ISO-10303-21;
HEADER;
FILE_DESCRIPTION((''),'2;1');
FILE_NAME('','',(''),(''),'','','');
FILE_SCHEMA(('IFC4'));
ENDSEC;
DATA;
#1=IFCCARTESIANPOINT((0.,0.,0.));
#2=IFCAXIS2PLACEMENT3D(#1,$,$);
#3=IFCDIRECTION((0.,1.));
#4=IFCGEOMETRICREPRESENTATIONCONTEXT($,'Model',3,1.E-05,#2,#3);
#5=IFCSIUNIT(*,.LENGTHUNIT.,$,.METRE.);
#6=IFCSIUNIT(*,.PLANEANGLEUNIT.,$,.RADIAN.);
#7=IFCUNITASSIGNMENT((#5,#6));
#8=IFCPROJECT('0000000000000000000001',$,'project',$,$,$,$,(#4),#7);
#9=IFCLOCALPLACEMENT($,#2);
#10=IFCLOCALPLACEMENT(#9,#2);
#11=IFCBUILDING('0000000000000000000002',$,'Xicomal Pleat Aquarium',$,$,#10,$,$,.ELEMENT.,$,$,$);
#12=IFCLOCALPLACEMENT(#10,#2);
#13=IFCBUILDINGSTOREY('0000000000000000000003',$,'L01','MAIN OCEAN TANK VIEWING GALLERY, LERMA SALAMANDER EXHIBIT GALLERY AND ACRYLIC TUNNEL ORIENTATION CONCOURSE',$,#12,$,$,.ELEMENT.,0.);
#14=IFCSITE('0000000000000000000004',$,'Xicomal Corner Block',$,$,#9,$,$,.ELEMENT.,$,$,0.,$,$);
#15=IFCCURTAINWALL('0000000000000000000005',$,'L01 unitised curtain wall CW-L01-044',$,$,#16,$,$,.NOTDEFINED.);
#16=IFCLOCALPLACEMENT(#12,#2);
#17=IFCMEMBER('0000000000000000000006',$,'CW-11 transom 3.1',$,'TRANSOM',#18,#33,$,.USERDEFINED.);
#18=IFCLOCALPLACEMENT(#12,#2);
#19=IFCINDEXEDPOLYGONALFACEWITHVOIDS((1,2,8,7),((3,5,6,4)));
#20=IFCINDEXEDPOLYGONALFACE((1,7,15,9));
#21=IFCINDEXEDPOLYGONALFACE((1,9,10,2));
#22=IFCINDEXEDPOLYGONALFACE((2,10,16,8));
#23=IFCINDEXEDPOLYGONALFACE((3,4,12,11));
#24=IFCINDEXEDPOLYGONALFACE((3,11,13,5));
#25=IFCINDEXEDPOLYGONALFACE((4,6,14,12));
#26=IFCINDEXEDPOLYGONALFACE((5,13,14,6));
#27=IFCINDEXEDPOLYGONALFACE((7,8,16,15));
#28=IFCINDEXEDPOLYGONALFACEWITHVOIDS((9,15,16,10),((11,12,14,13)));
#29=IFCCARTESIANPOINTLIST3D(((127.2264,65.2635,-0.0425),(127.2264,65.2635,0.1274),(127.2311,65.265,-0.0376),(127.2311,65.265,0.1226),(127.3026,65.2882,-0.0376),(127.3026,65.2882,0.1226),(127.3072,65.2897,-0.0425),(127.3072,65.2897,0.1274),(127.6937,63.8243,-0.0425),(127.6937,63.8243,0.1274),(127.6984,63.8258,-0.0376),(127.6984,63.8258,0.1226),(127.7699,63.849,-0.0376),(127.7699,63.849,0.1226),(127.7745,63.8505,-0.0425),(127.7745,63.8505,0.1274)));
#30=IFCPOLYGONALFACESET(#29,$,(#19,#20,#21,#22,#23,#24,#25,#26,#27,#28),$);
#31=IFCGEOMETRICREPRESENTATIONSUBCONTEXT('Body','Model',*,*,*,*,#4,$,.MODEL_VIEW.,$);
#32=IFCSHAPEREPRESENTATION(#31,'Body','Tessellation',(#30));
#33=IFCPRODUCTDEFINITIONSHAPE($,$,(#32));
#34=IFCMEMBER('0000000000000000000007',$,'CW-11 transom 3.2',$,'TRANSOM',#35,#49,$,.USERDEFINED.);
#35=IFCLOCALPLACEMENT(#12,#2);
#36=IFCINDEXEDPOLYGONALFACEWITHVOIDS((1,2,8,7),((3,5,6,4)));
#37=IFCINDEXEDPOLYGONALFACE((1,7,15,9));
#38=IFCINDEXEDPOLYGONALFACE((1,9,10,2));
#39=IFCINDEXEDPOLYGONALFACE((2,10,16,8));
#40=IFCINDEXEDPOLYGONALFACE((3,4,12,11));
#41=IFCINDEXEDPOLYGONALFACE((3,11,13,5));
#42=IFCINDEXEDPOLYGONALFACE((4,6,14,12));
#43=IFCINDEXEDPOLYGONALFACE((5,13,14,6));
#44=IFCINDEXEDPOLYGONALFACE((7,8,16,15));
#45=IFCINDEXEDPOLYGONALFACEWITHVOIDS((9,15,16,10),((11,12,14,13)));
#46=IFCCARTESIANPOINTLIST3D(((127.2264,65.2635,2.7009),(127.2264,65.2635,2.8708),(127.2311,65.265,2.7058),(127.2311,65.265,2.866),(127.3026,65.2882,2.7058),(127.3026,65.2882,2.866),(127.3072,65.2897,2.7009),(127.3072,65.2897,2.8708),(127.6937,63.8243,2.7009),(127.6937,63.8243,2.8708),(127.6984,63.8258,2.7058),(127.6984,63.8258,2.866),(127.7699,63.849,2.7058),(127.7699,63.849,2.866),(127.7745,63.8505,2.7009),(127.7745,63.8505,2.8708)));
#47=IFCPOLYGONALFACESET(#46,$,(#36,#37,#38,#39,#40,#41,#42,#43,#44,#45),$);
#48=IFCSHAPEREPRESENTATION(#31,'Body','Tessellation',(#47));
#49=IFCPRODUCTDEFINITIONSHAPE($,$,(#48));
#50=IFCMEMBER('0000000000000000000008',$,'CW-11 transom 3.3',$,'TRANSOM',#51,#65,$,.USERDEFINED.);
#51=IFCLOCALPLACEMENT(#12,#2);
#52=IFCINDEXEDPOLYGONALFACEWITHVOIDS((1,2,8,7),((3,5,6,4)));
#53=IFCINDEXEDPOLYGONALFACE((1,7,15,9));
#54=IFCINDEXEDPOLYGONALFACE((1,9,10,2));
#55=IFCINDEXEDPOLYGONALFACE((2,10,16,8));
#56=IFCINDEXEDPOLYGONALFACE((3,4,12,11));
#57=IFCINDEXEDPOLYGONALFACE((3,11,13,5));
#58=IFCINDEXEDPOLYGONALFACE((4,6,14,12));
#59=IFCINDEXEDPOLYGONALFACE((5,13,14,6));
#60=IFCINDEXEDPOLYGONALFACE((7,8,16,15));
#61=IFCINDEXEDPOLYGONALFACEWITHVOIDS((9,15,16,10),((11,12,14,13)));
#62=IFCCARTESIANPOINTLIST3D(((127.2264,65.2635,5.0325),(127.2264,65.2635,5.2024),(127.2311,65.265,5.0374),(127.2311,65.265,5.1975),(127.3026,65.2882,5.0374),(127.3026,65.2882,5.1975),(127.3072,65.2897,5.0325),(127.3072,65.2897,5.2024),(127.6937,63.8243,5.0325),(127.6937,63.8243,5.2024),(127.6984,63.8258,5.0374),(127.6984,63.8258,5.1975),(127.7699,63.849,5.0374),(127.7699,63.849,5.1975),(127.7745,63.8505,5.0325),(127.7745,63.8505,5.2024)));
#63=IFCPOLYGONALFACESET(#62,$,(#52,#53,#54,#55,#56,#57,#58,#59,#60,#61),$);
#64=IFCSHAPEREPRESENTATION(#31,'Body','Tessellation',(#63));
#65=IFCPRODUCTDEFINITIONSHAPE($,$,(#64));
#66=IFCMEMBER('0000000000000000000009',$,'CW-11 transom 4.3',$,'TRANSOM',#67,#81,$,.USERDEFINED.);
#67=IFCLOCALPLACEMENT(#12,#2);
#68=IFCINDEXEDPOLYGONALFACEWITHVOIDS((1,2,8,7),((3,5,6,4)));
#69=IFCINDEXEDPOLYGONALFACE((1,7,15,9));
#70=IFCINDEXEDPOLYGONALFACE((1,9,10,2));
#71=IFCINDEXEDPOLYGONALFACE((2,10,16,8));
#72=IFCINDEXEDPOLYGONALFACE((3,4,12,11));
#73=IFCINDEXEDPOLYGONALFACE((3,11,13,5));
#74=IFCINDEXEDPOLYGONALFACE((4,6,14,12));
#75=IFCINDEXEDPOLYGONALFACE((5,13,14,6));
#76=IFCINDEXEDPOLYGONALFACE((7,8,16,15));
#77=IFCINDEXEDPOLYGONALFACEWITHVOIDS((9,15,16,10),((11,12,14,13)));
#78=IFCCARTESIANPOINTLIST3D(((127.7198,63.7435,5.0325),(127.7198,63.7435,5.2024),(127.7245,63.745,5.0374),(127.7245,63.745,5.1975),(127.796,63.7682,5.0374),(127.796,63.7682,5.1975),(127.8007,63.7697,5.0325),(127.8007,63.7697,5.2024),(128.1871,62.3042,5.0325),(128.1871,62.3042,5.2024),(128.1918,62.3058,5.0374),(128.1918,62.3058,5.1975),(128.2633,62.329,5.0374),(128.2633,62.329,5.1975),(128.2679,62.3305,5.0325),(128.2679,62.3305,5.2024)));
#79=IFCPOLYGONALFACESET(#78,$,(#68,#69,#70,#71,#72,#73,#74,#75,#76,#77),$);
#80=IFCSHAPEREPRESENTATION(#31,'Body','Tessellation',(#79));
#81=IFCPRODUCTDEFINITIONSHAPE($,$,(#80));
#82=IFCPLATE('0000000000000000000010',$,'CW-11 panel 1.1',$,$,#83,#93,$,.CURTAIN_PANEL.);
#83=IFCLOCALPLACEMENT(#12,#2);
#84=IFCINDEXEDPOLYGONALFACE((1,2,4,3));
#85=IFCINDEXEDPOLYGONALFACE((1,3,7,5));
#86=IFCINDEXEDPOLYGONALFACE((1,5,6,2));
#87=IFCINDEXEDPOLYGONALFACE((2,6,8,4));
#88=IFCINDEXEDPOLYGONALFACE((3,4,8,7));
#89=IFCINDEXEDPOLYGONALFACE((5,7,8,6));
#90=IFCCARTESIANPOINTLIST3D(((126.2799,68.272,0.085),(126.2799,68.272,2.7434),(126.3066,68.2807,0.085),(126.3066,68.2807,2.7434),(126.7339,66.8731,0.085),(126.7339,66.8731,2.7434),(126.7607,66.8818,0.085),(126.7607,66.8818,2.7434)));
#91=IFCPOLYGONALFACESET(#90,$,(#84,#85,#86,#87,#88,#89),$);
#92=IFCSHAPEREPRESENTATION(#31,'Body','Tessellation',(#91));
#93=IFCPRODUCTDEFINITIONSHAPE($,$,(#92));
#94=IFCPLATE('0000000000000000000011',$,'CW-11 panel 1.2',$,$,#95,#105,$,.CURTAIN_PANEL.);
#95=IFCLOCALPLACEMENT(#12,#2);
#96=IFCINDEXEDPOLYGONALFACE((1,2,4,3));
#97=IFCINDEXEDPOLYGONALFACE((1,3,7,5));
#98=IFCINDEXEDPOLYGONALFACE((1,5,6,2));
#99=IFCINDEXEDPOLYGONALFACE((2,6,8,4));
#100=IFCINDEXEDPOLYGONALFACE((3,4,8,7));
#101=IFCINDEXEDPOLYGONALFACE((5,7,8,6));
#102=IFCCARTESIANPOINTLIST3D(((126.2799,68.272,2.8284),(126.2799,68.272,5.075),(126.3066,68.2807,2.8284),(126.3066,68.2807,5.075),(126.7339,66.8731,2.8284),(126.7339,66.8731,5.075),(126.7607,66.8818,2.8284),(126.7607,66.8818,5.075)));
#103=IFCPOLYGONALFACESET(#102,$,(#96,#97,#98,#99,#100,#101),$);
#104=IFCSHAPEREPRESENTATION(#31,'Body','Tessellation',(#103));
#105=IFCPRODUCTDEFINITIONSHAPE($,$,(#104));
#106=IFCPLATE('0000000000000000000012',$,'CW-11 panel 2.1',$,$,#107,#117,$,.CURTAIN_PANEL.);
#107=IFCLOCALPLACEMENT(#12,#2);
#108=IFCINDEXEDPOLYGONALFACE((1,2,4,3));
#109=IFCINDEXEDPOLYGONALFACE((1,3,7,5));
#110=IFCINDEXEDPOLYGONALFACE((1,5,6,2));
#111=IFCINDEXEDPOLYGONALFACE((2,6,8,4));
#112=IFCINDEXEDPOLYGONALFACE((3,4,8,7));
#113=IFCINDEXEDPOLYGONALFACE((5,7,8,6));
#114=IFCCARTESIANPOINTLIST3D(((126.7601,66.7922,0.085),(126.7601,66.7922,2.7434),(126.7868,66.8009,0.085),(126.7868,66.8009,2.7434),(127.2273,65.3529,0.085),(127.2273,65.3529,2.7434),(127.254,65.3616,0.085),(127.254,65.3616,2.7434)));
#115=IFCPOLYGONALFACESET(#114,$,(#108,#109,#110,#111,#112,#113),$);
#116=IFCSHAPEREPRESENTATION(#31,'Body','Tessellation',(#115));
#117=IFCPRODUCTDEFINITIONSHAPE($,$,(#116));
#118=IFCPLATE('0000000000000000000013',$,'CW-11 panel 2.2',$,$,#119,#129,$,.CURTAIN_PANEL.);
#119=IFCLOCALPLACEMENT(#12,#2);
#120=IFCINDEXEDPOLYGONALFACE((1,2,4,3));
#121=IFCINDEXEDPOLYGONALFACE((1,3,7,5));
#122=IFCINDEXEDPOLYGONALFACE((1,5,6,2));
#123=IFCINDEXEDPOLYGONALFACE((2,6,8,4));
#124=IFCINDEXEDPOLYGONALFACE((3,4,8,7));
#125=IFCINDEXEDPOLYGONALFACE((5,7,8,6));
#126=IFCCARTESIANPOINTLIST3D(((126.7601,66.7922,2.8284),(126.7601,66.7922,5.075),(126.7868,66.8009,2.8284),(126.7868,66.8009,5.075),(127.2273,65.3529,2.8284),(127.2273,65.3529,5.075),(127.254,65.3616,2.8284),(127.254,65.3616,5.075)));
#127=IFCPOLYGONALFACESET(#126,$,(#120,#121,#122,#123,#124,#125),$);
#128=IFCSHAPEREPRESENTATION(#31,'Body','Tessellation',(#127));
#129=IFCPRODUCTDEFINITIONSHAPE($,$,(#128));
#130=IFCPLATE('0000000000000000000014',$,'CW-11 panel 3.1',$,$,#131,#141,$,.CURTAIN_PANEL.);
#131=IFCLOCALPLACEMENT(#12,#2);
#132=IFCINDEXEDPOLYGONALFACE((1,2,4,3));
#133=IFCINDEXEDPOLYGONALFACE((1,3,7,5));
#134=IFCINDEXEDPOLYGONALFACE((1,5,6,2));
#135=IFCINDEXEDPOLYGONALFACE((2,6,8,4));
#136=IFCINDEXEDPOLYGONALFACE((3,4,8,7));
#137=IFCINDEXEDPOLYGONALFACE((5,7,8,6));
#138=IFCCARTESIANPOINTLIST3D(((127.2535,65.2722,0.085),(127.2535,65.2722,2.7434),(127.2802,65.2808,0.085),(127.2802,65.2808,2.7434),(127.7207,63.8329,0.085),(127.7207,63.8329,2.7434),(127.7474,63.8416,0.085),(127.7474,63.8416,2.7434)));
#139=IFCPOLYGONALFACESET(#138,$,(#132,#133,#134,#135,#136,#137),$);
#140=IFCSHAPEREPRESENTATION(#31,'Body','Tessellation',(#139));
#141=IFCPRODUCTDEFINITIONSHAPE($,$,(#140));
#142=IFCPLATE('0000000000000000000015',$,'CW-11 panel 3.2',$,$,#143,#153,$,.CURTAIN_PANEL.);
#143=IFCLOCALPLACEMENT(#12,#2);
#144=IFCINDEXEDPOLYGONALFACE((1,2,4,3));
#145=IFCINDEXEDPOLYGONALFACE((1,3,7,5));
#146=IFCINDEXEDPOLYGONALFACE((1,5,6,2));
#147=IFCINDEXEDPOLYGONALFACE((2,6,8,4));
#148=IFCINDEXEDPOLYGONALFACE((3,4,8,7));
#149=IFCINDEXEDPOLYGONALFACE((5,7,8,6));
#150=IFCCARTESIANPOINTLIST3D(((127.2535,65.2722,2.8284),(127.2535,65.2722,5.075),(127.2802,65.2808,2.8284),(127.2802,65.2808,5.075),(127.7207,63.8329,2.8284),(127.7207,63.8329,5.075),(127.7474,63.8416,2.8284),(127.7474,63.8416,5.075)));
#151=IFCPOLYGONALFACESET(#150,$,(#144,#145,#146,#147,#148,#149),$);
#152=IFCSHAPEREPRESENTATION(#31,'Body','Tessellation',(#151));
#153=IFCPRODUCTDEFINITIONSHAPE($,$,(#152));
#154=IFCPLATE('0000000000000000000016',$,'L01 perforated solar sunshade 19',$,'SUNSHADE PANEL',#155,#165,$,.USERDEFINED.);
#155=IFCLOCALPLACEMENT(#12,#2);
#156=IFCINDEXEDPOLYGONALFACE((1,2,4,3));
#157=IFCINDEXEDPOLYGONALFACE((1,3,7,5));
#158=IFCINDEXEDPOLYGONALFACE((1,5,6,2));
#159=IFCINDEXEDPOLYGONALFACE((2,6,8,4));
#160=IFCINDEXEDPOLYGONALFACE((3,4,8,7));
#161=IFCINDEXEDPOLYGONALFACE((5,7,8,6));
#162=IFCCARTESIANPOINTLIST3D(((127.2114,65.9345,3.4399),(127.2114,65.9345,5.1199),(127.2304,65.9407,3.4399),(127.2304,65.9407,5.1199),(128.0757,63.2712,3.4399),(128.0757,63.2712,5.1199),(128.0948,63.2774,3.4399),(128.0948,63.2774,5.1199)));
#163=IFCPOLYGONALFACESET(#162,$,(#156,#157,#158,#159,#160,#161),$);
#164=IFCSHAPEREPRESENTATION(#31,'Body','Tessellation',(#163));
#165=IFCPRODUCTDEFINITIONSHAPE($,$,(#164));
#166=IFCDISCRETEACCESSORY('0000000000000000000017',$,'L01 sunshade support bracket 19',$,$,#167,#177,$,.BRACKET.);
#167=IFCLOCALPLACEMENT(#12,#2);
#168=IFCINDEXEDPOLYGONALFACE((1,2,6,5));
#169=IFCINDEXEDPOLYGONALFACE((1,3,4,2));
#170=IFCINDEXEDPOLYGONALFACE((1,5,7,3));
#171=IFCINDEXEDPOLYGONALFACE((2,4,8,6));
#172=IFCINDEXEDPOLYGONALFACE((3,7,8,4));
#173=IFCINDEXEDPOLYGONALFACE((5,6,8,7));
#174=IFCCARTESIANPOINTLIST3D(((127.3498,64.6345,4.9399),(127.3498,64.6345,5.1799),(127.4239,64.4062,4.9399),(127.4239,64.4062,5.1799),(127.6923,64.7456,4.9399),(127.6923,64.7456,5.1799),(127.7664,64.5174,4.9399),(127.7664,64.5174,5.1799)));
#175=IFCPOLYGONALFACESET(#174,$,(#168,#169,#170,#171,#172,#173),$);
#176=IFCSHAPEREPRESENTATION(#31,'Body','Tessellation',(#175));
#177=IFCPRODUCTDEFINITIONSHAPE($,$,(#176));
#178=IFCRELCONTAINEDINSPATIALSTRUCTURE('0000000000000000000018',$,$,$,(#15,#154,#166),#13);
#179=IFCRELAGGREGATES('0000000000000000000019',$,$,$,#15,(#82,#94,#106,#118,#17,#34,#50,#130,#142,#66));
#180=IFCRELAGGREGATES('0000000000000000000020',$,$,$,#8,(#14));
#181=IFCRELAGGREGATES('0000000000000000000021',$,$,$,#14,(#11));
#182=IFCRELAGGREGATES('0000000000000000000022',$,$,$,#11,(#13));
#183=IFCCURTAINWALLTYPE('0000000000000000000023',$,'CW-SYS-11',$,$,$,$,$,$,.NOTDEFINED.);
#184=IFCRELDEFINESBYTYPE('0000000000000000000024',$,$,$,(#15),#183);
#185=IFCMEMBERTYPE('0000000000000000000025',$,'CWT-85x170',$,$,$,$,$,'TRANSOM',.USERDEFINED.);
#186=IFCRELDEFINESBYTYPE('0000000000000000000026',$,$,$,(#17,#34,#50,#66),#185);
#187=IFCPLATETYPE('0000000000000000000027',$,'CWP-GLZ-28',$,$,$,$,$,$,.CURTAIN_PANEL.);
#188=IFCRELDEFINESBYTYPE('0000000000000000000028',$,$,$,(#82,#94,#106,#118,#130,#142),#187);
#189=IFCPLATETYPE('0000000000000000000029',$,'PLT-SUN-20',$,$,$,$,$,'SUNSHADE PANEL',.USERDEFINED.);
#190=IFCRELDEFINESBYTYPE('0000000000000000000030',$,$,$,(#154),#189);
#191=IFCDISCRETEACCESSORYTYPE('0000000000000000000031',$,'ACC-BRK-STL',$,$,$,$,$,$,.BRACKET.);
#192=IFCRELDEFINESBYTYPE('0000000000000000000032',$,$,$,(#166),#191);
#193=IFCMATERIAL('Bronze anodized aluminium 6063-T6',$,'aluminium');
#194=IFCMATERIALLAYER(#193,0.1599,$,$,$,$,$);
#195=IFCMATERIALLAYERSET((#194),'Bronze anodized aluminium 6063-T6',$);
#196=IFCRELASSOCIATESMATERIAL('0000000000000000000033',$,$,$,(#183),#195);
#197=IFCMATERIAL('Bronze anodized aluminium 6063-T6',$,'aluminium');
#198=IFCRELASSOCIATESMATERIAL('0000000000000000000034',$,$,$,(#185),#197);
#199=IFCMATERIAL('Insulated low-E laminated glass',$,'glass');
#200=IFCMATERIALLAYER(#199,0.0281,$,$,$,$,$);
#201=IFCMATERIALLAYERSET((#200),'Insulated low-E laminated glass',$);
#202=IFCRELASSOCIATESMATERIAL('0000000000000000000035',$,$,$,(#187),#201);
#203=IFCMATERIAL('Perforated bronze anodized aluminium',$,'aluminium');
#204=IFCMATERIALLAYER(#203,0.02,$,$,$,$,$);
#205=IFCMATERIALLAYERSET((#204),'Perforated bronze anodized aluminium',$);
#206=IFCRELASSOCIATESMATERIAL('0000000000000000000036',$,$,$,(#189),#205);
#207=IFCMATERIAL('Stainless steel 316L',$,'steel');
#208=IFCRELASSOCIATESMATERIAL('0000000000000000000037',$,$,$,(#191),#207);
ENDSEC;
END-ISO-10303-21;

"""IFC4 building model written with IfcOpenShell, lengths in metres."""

from ifc_helpers import new_model, si_unit, direction, frame, origin, origin_2d, place, context, subcontext, project, spatial, rectangle, hollow_rectangle, extrude, material, layer, layer_set, material_profile, profile_set, type_object, element, aggregate, save


model = new_model("IFC4")

# Units and contexts
model_context = context("Model", 3, precision=1e-05, world=origin(), true_north=direction((0.0, 1.0)))
body_context = subcontext(model_context, "Body", "Model", "MODEL_VIEW")
ifc_project = project(units=[si_unit("LENGTHUNIT", "METRE"), si_unit("PLANEANGLEUNIT", "RADIAN")], contexts=[model_context])

# Site, building, storey
site_placement = place(None, origin())
site = spatial("IfcSite", under=ifc_project, at=site_placement, Name="Xicomal Corner Block", CompositionType="ELEMENT", RefElevation=0.0)
building_placement = place(site_placement, origin())
building = spatial("IfcBuilding", under=site, at=building_placement, Name="Xicomal Pleat Aquarium", CompositionType="ELEMENT")
storey_placement = place(building_placement, origin())
storey = spatial("IfcBuildingStorey", under=building, at=storey_placement, Name="L01", Description="MAIN OCEAN TANK VIEWING GALLERY, LERMA SALAMANDER EXHIBIT GALLERY AND ACRYLIC TUNNEL ORIENTATION CONCOURSE", CompositionType="ELEMENT", Elevation=0.0)

# Curtain wall, members, plates
ifc_material_1 = material(Name="Bronze anodized aluminium 6063-T6", Category="aluminium")
ifc_layer_1 = layer(ifc_material_1, 0.1599)
ifc_layer_set_1 = layer_set([ifc_layer_1], Name="Bronze anodized aluminium 6063-T6")
curtain_wall_type_1 = type_object("IfcCurtainWallType", Name="CW-SYS-11", PredefinedType="NOTDEFINED", material=ifc_layer_set_1)
curtain_wall_1_placement = place(storey_placement, origin())
curtain_wall_1 = element("IfcCurtainWall", 1, at=curtain_wall_1_placement, inside=storey, type_object=curtain_wall_type_1, Name="L01 unitised curtain wall CW-L01-044", PredefinedType="NOTDEFINED")
ifc_material_2 = material(Name="Bronze anodized aluminium 6063-T6", Category="aluminium")
ifc_material_profile_1 = material_profile(ifc_material_2, hollow_rectangle(XDim=0.085, YDim=0.1699, WallThickness=0.0049, at=origin_2d()), Name="ALU TRAN 85x170")
ifc_profile_set_1 = profile_set([ifc_material_profile_1], Name="Bronze anodized aluminium 6063-T6")
member_type_1 = type_object("IfcMemberType", Name="CWT-85x170", ElementType="TRANSOM", PredefinedType="USERDEFINED", material=ifc_profile_set_1)
member_1_placement = place(storey_placement, frame((127.2668, 65.2766, 0.0425), z_axis=(0.308812, -0.951123, 0.0), x_axis=(0.951123, 0.308812, 0.0)))
member_1 = element("IfcMember", 2, at=member_1_placement, type_object=member_type_1, Name="CW-11 transom 3.1", ObjectType="TRANSOM", PredefinedType="USERDEFINED", context=body_context, shape_type="SweptSolid", body=[
    extrude(hollow_rectangle(XDim=0.085, YDim=0.1699, WallThickness=0.0049, at=origin_2d()), origin(), (0.0, 0.0, 1.0), 1.5132),
])
member_2_placement = place(storey_placement, frame((127.2668, 65.2766, 2.7859), z_axis=(0.308812, -0.951123, 0.0), x_axis=(0.951123, 0.308812, 0.0)))
member_2 = element("IfcMember", 3, at=member_2_placement, type_object=member_type_1, Name="CW-11 transom 3.2", ObjectType="TRANSOM", PredefinedType="USERDEFINED", context=body_context, shape_type="SweptSolid", body=[
    extrude(hollow_rectangle(XDim=0.085, YDim=0.1699, WallThickness=0.0049, at=origin_2d()), origin(), (0.0, 0.0, 1.0), 1.5132),
])
member_3_placement = place(storey_placement, frame((127.2668, 65.2766, 5.1174), z_axis=(0.308812, -0.951123, 0.0), x_axis=(0.951123, 0.308812, 0.0)))
member_3 = element("IfcMember", 4, at=member_3_placement, type_object=member_type_1, Name="CW-11 transom 3.3", ObjectType="TRANSOM", PredefinedType="USERDEFINED", context=body_context, shape_type="SweptSolid", body=[
    extrude(hollow_rectangle(XDim=0.085, YDim=0.1699, WallThickness=0.0049, at=origin_2d()), origin(), (0.0, 0.0, 1.0), 1.5132),
])
member_4_placement = place(storey_placement, frame((127.7603, 63.7566, 5.1174), z_axis=(0.308812, -0.951123, 0.0), x_axis=(0.951123, 0.308812, 0.0)))
member_4 = element("IfcMember", 5, at=member_4_placement, type_object=member_type_1, Name="CW-11 transom 4.3", ObjectType="TRANSOM", PredefinedType="USERDEFINED", context=body_context, shape_type="SweptSolid", body=[
    extrude(hollow_rectangle(XDim=0.085, YDim=0.1699, WallThickness=0.0049, at=origin_2d()), origin(), (0.0, 0.0, 1.0), 1.5132),
])
ifc_material_3 = material(Name="Insulated low-E laminated glass", Category="glass")
ifc_layer_2 = layer(ifc_material_3, 0.0281)
ifc_layer_set_2 = layer_set([ifc_layer_2], Name="Insulated low-E laminated glass")
plate_type_1 = type_object("IfcPlateType", Name="CWP-GLZ-28", PredefinedType="CURTAIN_PANEL", material=ifc_layer_set_2)
plate_1_placement = place(storey_placement, frame((126.5203, 67.5769, 0.085), z_axis=(0.0, 0.0, 1.0), x_axis=(0.308746, -0.951144, 0.0)))
plate_1 = element("IfcPlate", 6, at=plate_1_placement, type_object=plate_type_1, Name="CW-11 panel 1.1", PredefinedType="CURTAIN_PANEL", context=body_context, shape_type="SweptSolid", body=[
    extrude(rectangle(XDim=1.4707, YDim=0.0281, at=origin_2d()), origin(), (0.0, 0.0, 1.0), 2.6584),
])
plate_2_placement = place(storey_placement, frame((126.5203, 67.5769, 2.8284), z_axis=(0.0, 0.0, 1.0), x_axis=(0.308746, -0.951144, 0.0)))
plate_2 = element("IfcPlate", 7, at=plate_2_placement, type_object=plate_type_1, Name="CW-11 panel 1.2", PredefinedType="CURTAIN_PANEL", context=body_context, shape_type="SweptSolid", body=[
    extrude(rectangle(XDim=1.4707, YDim=0.0281, at=origin_2d()), origin(), (0.0, 0.0, 1.0), 2.2466),
])
plate_3_placement = place(storey_placement, frame((127.0071, 66.0769, 0.085), z_axis=(0.0, 0.0, 1.0), x_axis=(0.308746, -0.951144, 0.0)))
plate_3 = element("IfcPlate", 8, at=plate_3_placement, type_object=plate_type_1, Name="CW-11 panel 2.1", PredefinedType="CURTAIN_PANEL", context=body_context, shape_type="SweptSolid", body=[
    extrude(rectangle(XDim=1.5132, YDim=0.0281, at=origin_2d()), origin(), (0.0, 0.0, 1.0), 2.6584),
])
plate_4_placement = place(storey_placement, frame((127.0071, 66.0769, 2.8284), z_axis=(0.0, 0.0, 1.0), x_axis=(0.308746, -0.951144, 0.0)))
plate_4 = element("IfcPlate", 9, at=plate_4_placement, type_object=plate_type_1, Name="CW-11 panel 2.2", PredefinedType="CURTAIN_PANEL", context=body_context, shape_type="SweptSolid", body=[
    extrude(rectangle(XDim=1.5132, YDim=0.0281, at=origin_2d()), origin(), (0.0, 0.0, 1.0), 2.2466),
])
plate_5_placement = place(storey_placement, frame((127.5005, 64.5569, 0.085), z_axis=(0.0, 0.0, 1.0), x_axis=(0.308746, -0.951144, 0.0)))
plate_5 = element("IfcPlate", 10, at=plate_5_placement, type_object=plate_type_1, Name="CW-11 panel 3.1", PredefinedType="CURTAIN_PANEL", context=body_context, shape_type="SweptSolid", body=[
    extrude(rectangle(XDim=1.5132, YDim=0.0281, at=origin_2d()), origin(), (0.0, 0.0, 1.0), 2.6584),
])
plate_6_placement = place(storey_placement, frame((127.5005, 64.5569, 2.8284), z_axis=(0.0, 0.0, 1.0), x_axis=(0.308746, -0.951144, 0.0)))
plate_6 = element("IfcPlate", 11, at=plate_6_placement, type_object=plate_type_1, Name="CW-11 panel 3.2", PredefinedType="CURTAIN_PANEL", context=body_context, shape_type="SweptSolid", body=[
    extrude(rectangle(XDim=1.5132, YDim=0.0281, at=origin_2d()), origin(), (0.0, 0.0, 1.0), 2.2466),
])
aggregate(curtain_wall_1, [plate_1, plate_2, plate_3, plate_4, member_1, member_2, member_3, plate_5, plate_6, member_4])

# Plate
ifc_material_4 = material(Name="Perforated bronze anodized aluminium", Category="aluminium")
ifc_layer_3 = layer(ifc_material_4, 0.02)
ifc_layer_set_3 = layer_set([ifc_layer_3], Name="Perforated bronze anodized aluminium")
plate_type_2 = type_object("IfcPlateType", Name="PLT-SUN-20", ElementType="SUNSHADE PANEL", PredefinedType="USERDEFINED", material=ifc_layer_set_3)
plate_7_placement = place(storey_placement, frame((127.6531, 64.606, 3.4399), z_axis=(0.0, 0.0, 1.0), x_axis=(0.308685, -0.951164, 0.0)))
element("IfcPlate", 12, at=plate_7_placement, inside=storey, type_object=plate_type_2, Name="L01 perforated solar sunshade 19", ObjectType="SUNSHADE PANEL", PredefinedType="USERDEFINED", context=body_context, shape_type="SweptSolid", body=[
    extrude(rectangle(XDim=2.8, YDim=0.02, at=origin_2d()), origin(), (0.0, 0.0, 1.0), 1.6799),
])

# Discrete accessory
ifc_material_5 = material(Name="Stainless steel 316L", Category="steel")
discrete_accessory_type = type_object("IfcDiscreteAccessoryType", Name="ACC-BRK-STL", PredefinedType="BRACKET", material=ifc_material_5)
discrete_accessory_placement = place(storey_placement, frame((127.5581, 64.5759, 4.9399), z_axis=(0.0, 0.0, 1.0), x_axis=(0.308685, -0.951164, 0.0)))
element("IfcDiscreteAccessory", 13, at=discrete_accessory_placement, inside=storey, type_object=discrete_accessory_type, Name="L01 sunshade support bracket 19", PredefinedType="BRACKET", context=body_context, shape_type="SweptSolid", body=[
    extrude(rectangle(XDim=0.24, YDim=0.3601, at=origin_2d()), origin(), (0.0, 0.0, 1.0), 0.24),
])

save(model, "model.ifc")
